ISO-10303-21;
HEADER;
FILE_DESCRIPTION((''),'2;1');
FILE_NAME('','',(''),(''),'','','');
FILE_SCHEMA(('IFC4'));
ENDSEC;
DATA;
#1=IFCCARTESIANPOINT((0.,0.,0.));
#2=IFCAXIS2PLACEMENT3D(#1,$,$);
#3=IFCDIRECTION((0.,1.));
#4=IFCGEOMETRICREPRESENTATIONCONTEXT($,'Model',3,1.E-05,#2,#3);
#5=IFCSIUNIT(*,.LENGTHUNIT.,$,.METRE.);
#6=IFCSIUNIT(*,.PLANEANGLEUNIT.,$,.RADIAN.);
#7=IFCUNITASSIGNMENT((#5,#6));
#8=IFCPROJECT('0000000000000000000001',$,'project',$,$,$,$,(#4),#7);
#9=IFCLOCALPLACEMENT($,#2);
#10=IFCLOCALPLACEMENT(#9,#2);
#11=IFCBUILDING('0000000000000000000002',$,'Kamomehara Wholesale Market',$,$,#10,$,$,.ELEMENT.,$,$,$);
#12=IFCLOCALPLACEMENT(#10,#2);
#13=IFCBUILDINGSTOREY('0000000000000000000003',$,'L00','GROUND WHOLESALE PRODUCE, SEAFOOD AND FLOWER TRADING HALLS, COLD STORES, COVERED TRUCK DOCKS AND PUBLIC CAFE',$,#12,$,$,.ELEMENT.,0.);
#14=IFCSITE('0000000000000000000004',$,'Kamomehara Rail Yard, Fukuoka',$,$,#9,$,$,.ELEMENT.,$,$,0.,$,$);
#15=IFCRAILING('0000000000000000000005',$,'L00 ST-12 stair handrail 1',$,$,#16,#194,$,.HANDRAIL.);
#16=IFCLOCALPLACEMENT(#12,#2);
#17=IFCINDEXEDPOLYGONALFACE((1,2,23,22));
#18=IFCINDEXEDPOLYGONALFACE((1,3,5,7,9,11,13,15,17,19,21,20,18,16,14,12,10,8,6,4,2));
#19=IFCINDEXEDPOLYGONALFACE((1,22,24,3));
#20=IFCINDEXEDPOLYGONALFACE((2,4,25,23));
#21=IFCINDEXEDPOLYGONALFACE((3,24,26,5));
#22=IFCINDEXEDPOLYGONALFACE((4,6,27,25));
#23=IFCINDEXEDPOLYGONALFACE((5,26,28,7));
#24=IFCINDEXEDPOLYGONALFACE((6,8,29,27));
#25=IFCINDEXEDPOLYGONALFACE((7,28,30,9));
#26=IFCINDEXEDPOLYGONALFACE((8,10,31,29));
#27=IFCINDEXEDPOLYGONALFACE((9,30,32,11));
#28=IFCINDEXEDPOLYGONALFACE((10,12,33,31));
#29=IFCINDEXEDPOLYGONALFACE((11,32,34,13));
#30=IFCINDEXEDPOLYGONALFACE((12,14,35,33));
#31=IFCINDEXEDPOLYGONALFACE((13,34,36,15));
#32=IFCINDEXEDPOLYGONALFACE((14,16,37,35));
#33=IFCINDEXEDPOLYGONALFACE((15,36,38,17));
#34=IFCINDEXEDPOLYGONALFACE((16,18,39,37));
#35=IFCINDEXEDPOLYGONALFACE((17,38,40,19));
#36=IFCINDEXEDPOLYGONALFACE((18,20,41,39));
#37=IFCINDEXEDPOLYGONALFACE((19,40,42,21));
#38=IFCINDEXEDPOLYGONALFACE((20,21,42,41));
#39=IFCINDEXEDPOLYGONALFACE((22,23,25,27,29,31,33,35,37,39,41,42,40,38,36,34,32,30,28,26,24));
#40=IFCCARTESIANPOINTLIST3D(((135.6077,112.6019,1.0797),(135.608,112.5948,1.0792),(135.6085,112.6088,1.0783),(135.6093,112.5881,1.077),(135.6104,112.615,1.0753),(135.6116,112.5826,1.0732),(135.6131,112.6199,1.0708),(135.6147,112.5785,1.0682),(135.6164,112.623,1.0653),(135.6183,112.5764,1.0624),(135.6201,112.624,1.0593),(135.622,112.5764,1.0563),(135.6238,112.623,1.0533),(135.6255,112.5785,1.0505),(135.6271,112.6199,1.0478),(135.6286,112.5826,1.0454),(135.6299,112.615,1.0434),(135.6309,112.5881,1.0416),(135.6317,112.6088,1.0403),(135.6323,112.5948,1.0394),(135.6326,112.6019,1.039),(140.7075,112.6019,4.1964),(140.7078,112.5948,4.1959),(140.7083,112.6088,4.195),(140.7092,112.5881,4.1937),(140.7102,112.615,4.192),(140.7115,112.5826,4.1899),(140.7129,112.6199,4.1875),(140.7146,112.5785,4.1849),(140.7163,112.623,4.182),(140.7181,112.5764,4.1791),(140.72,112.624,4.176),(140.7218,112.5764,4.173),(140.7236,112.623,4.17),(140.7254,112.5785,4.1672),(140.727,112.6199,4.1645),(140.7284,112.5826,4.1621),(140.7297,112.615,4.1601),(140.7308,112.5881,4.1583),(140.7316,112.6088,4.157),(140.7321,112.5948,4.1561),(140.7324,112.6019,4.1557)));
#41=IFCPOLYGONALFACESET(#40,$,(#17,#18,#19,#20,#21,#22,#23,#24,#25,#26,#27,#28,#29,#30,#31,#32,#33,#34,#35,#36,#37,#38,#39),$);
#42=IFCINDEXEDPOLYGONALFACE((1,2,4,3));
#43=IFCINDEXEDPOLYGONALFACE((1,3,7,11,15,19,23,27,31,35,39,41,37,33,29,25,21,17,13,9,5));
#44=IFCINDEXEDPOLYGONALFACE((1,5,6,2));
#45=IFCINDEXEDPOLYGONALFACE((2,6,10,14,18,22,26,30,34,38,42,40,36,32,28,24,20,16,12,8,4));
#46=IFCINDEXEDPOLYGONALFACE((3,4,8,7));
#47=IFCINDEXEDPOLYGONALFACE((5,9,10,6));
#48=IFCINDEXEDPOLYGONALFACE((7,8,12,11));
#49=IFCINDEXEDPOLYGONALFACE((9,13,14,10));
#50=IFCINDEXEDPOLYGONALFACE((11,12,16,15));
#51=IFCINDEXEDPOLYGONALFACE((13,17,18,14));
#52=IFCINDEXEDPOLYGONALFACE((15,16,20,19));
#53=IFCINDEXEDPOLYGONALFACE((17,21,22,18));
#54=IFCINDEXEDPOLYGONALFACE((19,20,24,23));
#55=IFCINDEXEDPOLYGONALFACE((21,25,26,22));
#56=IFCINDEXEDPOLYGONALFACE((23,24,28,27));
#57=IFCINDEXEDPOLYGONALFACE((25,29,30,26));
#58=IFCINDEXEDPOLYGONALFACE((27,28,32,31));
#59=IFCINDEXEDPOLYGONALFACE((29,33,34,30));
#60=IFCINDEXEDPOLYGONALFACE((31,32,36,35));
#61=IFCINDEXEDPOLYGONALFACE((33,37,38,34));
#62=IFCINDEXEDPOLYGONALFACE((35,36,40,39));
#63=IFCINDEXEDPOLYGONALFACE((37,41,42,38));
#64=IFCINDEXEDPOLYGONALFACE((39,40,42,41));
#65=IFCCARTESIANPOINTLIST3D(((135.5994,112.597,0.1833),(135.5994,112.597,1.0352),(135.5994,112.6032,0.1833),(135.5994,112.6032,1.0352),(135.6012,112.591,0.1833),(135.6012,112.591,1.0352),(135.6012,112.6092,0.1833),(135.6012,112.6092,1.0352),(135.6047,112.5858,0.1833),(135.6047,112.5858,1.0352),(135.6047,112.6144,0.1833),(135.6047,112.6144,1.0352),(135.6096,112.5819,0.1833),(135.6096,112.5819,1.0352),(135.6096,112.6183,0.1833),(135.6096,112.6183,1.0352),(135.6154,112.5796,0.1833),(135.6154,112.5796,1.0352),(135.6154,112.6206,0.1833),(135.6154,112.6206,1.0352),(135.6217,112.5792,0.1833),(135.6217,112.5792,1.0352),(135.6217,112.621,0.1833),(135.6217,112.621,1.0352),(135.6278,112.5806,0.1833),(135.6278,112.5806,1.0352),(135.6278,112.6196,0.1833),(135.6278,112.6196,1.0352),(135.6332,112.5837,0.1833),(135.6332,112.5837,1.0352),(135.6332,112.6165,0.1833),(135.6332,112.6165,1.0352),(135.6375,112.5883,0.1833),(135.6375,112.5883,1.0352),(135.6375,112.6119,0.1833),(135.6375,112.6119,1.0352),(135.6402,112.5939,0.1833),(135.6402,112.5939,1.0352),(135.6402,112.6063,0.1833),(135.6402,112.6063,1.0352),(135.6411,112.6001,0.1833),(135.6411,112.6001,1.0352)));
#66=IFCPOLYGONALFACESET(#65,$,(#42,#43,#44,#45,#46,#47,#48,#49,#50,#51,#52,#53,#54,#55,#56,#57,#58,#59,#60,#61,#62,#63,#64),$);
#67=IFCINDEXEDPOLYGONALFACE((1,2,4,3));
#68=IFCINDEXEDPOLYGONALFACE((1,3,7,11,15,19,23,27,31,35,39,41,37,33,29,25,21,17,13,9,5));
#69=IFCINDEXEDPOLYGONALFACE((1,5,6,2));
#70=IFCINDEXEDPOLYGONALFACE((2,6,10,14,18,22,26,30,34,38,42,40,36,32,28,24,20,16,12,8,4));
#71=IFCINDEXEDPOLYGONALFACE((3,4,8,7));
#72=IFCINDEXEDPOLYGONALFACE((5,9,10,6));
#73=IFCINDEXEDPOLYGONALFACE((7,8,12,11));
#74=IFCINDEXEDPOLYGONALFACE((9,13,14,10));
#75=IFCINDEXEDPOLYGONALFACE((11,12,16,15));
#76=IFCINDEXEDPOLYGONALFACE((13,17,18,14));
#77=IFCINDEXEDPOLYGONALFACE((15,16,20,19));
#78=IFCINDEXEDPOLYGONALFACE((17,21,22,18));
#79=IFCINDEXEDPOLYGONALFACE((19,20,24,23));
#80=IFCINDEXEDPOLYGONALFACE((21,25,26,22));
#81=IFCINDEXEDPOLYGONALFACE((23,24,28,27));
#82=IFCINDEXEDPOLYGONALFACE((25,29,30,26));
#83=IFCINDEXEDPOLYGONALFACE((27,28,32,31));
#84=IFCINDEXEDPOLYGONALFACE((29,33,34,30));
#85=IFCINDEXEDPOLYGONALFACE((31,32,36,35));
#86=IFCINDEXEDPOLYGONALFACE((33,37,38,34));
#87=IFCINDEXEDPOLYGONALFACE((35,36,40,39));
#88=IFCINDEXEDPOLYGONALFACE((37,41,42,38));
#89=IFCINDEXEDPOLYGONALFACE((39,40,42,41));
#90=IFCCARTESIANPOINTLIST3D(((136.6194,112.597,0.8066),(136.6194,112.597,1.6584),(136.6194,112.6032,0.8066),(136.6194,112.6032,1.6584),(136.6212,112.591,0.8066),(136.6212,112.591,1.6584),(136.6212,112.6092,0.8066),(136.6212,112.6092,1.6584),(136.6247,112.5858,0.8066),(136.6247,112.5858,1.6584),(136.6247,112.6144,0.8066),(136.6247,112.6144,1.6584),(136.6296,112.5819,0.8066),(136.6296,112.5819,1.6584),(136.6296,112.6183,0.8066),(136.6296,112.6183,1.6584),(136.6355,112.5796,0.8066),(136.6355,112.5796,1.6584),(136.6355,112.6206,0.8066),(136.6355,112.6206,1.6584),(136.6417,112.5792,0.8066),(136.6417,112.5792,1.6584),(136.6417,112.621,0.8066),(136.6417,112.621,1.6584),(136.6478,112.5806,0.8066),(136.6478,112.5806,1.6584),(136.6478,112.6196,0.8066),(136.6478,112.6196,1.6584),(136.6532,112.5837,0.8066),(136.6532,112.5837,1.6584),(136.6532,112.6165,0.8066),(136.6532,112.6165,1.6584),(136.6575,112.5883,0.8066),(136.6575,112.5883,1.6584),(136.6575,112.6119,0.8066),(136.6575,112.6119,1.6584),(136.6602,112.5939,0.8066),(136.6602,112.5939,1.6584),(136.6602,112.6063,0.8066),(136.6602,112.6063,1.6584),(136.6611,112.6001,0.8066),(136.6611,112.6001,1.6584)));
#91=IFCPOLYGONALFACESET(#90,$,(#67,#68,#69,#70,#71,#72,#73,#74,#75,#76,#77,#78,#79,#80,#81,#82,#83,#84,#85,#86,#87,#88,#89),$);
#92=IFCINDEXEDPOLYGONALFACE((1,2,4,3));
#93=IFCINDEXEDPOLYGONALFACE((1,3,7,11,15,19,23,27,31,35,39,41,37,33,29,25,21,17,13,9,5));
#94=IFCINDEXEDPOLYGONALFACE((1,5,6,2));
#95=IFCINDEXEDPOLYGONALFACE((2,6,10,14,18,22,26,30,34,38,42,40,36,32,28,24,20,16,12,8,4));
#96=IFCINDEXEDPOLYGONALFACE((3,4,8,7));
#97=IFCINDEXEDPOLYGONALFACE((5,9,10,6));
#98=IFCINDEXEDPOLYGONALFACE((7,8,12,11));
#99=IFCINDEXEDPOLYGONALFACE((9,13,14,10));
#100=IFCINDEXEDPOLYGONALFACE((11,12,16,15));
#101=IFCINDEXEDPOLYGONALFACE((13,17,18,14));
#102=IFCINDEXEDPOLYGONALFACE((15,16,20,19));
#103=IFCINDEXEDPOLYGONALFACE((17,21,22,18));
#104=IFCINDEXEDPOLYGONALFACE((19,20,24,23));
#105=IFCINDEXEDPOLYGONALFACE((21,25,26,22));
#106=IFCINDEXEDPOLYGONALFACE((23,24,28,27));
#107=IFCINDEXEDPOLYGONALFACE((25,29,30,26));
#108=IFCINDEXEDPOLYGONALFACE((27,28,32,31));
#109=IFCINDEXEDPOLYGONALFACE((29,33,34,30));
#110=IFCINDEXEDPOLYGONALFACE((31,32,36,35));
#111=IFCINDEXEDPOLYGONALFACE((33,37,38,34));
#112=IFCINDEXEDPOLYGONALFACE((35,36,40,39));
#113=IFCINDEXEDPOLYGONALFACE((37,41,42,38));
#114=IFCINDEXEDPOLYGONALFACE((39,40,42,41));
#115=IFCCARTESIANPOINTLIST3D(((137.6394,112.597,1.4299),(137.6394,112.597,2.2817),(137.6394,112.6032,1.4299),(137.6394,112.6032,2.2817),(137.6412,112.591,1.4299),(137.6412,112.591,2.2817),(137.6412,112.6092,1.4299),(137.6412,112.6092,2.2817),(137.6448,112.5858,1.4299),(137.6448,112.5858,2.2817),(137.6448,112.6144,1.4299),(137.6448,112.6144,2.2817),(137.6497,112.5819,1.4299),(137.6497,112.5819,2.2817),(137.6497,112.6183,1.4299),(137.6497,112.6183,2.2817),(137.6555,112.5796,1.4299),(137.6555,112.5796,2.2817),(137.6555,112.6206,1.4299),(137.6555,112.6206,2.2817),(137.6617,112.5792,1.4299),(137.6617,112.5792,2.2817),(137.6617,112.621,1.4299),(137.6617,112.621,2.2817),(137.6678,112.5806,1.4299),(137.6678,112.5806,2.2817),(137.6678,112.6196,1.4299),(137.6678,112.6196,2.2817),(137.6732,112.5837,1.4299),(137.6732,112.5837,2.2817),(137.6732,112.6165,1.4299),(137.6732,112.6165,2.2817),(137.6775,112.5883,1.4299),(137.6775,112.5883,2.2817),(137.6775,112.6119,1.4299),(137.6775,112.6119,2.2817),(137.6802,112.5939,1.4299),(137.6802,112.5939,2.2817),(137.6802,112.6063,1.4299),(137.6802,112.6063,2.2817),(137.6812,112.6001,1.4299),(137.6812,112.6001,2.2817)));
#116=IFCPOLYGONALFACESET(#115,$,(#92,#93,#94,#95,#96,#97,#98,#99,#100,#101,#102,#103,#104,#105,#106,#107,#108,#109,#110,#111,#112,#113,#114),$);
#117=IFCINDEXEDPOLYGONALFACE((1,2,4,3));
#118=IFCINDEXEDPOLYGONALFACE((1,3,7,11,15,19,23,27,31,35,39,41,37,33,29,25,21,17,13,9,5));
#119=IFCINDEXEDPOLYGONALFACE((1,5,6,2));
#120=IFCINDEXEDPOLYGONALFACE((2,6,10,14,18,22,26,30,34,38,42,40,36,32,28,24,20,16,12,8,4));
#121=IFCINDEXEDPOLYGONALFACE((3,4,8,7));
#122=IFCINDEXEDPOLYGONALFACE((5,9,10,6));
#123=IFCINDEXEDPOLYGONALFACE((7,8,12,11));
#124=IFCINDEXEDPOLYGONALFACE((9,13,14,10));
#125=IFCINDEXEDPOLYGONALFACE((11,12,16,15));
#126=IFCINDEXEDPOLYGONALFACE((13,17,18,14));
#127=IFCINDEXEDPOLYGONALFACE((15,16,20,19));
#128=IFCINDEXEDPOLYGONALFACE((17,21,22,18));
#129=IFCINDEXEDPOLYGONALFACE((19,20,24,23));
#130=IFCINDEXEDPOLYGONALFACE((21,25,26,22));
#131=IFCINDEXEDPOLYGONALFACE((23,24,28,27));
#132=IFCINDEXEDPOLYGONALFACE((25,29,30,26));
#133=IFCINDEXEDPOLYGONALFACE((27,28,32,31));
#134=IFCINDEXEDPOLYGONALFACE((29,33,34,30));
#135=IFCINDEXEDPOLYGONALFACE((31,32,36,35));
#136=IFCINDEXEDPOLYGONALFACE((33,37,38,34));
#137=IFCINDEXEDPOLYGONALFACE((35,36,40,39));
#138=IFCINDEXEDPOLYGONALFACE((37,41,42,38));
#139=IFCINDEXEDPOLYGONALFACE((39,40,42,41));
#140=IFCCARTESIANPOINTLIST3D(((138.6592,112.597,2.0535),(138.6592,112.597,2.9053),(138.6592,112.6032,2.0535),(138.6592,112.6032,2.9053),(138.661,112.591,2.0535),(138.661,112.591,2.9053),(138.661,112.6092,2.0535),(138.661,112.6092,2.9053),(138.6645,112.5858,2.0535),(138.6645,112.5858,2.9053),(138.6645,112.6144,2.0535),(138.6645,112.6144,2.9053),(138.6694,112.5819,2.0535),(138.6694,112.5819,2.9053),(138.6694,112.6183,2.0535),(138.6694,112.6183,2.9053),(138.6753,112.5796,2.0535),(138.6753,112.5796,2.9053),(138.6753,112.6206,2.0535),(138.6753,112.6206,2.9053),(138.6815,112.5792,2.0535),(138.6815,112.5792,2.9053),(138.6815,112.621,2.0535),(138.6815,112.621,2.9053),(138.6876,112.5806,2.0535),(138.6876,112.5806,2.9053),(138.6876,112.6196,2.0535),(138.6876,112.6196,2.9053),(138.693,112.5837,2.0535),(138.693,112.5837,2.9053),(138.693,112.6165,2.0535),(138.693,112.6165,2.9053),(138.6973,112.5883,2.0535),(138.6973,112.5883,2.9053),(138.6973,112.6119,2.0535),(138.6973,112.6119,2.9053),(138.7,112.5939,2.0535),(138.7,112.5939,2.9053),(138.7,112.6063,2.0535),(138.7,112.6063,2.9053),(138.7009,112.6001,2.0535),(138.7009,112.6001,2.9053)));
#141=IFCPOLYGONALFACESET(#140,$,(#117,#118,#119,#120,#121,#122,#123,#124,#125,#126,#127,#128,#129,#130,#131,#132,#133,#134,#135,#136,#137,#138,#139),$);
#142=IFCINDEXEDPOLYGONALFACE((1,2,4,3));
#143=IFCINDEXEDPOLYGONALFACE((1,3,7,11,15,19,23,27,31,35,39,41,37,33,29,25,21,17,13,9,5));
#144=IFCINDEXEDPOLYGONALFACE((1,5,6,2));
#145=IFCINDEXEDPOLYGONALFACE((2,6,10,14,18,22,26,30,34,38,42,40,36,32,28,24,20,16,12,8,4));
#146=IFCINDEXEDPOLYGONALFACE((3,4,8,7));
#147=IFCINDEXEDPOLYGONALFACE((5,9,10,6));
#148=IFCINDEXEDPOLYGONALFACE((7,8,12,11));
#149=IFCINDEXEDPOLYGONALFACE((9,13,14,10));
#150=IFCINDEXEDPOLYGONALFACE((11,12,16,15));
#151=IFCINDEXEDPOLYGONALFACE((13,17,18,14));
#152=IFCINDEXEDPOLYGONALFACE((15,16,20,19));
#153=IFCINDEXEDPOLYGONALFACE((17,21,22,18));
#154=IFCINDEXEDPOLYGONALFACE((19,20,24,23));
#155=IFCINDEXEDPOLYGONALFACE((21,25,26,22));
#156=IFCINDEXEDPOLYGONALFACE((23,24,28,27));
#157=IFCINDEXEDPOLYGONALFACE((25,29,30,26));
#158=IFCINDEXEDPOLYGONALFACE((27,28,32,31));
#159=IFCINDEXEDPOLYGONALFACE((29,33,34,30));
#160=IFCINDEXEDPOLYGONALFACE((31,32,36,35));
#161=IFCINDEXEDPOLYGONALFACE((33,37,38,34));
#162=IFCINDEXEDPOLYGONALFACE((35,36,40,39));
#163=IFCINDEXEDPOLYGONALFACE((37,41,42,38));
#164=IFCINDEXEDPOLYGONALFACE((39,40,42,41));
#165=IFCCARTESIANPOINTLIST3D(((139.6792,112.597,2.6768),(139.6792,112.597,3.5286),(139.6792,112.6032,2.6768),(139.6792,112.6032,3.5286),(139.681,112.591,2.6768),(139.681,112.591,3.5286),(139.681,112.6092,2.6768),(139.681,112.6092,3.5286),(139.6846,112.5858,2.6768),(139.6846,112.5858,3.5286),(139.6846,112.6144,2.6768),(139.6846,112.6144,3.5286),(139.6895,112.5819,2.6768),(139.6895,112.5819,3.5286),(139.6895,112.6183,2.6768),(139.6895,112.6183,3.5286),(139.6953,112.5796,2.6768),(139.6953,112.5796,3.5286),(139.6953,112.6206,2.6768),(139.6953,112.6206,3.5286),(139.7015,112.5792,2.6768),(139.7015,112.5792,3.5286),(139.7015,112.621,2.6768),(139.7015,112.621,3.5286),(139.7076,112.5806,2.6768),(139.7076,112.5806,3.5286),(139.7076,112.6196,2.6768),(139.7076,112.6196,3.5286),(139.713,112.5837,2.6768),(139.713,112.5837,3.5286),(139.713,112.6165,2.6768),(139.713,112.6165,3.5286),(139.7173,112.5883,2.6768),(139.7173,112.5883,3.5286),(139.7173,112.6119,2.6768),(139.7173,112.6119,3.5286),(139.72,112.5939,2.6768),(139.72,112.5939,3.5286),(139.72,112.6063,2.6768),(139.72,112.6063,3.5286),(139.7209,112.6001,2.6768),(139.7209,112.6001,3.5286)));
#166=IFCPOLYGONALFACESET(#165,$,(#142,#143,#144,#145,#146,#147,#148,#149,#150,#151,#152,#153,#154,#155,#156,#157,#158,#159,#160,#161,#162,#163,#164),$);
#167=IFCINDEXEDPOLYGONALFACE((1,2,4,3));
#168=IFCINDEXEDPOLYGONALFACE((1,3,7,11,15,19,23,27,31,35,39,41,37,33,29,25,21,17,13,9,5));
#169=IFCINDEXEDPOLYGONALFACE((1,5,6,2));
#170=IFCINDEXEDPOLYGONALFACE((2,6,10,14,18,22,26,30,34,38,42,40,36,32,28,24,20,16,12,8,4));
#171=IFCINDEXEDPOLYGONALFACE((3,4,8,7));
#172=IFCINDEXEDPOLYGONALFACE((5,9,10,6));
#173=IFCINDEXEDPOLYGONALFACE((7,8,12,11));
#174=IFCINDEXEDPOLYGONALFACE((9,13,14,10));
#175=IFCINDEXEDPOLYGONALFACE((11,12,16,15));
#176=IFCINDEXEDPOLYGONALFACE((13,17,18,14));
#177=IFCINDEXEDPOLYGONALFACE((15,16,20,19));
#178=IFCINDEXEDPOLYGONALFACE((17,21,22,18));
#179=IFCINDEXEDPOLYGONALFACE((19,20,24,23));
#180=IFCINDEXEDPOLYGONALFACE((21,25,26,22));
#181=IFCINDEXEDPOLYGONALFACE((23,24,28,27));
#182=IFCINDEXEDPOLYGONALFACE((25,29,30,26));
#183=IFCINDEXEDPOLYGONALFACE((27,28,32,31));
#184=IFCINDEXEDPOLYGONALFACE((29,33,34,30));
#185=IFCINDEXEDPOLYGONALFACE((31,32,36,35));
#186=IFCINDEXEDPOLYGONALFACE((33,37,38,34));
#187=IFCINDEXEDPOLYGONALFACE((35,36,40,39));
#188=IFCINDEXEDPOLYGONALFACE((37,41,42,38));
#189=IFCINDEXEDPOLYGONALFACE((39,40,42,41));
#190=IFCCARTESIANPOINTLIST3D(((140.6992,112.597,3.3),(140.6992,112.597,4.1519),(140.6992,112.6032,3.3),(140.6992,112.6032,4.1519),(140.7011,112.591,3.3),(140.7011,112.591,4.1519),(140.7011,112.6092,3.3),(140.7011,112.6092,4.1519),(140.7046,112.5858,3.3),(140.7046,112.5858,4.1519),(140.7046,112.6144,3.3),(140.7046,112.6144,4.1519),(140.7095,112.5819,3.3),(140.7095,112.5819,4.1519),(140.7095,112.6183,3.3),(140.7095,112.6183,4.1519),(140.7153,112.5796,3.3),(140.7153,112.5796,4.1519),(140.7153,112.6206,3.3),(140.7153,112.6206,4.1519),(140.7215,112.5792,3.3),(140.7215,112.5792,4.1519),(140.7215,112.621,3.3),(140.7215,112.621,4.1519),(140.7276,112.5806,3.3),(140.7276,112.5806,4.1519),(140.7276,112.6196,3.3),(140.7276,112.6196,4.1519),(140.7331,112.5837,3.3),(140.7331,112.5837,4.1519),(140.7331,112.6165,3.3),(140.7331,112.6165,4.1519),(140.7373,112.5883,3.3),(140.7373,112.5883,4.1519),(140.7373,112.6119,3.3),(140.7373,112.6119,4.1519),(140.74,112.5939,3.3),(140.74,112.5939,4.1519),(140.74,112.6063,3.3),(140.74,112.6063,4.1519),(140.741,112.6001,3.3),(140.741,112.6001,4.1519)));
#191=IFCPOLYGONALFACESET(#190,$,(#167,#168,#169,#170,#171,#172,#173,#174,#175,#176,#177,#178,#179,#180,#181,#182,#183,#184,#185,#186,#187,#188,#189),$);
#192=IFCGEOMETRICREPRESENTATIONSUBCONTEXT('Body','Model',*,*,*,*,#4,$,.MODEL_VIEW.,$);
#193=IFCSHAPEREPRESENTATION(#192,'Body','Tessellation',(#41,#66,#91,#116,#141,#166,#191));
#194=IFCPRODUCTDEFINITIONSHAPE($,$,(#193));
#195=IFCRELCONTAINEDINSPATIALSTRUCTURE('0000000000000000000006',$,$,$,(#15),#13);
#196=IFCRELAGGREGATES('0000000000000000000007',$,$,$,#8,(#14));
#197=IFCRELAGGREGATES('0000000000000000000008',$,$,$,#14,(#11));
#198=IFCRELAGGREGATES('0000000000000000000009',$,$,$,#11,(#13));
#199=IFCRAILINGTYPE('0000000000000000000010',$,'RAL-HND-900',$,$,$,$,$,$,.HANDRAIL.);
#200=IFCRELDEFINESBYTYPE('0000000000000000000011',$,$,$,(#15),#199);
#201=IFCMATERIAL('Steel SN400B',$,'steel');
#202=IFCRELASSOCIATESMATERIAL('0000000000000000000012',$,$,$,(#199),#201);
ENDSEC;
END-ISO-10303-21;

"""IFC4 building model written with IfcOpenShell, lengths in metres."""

from ifc_helpers import new_model, si_unit, direction, frame, origin, origin_2d, place, context, subcontext, project, spatial, circle, extrude, material, type_object, element, save


model = new_model("IFC4")

# Units and contexts
model_context = context("Model", 3, precision=1e-05, world=origin(), true_north=direction((0.0, 1.0)))
body_context = subcontext(model_context, "Body", "Model", "MODEL_VIEW")
ifc_project = project(units=[si_unit("LENGTHUNIT", "METRE"), si_unit("PLANEANGLEUNIT", "RADIAN")], contexts=[model_context])

# Site, building, storey
site_placement = place(None, origin())
site = spatial("IfcSite", under=ifc_project, at=site_placement, Name="Kamomehara Rail Yard, Fukuoka", CompositionType="ELEMENT", RefElevation=0.0)
building_placement = place(site_placement, origin())
building = spatial("IfcBuilding", under=site, at=building_placement, Name="Kamomehara Wholesale Market", CompositionType="ELEMENT")
storey_placement = place(building_placement, origin())
storey = spatial("IfcBuildingStorey", under=building, at=storey_placement, Name="L00", Description="GROUND WHOLESALE PRODUCE, SEAFOOD AND FLOWER TRADING HALLS, COLD STORES, COVERED TRUCK DOCKS AND PUBLIC CAFE", CompositionType="ELEMENT", Elevation=0.0)

# Railing
ifc_material_1 = material(Name="Steel SN400B", Category="steel")
railing_type_1 = type_object("IfcRailingType", Name="RAL-HND-900", PredefinedType="HANDRAIL", material=ifc_material_1)
railing_1_placement = place(storey_placement, frame((135.6201, 112.6001, 0.1833)))
element("IfcRailing", 1, at=railing_1_placement, inside=storey, type_object=railing_type_1, Name="L00 ST-12 stair handrail 1", PredefinedType="HANDRAIL", context=body_context, shape_type="SweptSolid", body=[
    extrude(circle(Radius=0.0239, at=origin_2d()), frame((0.0, 0.0, 0.876), z_axis=(0.853273, 0.0, 0.521465), x_axis=(0.0, 1.0, 0.0)), (0.0, 0.0, 1.0), 5.9768),
    extrude(circle(Radius=0.021, at=origin_2d()), origin(), (0.0, 0.0, 1.0), 0.8518),
    extrude(circle(Radius=0.021, at=origin_2d()), frame((1.02, 0.0, 0.6233)), (0.0, 0.0, 1.0), 0.8518),
    extrude(circle(Radius=0.021, at=origin_2d()), frame((2.04, 0.0, 1.2466)), (0.0, 0.0, 1.0), 0.8518),
    extrude(circle(Radius=0.021, at=origin_2d()), frame((3.0598, 0.0, 1.8701)), (0.0, 0.0, 1.0), 0.8518),
    extrude(circle(Radius=0.021, at=origin_2d()), frame((4.0798, 0.0, 2.4934)), (0.0, 0.0, 1.0), 0.8518),
    extrude(circle(Radius=0.021, at=origin_2d()), frame((5.0999, 0.0, 3.1167)), (0.0, 0.0, 1.0), 0.8518),
])

save(model, "model.ifc")
